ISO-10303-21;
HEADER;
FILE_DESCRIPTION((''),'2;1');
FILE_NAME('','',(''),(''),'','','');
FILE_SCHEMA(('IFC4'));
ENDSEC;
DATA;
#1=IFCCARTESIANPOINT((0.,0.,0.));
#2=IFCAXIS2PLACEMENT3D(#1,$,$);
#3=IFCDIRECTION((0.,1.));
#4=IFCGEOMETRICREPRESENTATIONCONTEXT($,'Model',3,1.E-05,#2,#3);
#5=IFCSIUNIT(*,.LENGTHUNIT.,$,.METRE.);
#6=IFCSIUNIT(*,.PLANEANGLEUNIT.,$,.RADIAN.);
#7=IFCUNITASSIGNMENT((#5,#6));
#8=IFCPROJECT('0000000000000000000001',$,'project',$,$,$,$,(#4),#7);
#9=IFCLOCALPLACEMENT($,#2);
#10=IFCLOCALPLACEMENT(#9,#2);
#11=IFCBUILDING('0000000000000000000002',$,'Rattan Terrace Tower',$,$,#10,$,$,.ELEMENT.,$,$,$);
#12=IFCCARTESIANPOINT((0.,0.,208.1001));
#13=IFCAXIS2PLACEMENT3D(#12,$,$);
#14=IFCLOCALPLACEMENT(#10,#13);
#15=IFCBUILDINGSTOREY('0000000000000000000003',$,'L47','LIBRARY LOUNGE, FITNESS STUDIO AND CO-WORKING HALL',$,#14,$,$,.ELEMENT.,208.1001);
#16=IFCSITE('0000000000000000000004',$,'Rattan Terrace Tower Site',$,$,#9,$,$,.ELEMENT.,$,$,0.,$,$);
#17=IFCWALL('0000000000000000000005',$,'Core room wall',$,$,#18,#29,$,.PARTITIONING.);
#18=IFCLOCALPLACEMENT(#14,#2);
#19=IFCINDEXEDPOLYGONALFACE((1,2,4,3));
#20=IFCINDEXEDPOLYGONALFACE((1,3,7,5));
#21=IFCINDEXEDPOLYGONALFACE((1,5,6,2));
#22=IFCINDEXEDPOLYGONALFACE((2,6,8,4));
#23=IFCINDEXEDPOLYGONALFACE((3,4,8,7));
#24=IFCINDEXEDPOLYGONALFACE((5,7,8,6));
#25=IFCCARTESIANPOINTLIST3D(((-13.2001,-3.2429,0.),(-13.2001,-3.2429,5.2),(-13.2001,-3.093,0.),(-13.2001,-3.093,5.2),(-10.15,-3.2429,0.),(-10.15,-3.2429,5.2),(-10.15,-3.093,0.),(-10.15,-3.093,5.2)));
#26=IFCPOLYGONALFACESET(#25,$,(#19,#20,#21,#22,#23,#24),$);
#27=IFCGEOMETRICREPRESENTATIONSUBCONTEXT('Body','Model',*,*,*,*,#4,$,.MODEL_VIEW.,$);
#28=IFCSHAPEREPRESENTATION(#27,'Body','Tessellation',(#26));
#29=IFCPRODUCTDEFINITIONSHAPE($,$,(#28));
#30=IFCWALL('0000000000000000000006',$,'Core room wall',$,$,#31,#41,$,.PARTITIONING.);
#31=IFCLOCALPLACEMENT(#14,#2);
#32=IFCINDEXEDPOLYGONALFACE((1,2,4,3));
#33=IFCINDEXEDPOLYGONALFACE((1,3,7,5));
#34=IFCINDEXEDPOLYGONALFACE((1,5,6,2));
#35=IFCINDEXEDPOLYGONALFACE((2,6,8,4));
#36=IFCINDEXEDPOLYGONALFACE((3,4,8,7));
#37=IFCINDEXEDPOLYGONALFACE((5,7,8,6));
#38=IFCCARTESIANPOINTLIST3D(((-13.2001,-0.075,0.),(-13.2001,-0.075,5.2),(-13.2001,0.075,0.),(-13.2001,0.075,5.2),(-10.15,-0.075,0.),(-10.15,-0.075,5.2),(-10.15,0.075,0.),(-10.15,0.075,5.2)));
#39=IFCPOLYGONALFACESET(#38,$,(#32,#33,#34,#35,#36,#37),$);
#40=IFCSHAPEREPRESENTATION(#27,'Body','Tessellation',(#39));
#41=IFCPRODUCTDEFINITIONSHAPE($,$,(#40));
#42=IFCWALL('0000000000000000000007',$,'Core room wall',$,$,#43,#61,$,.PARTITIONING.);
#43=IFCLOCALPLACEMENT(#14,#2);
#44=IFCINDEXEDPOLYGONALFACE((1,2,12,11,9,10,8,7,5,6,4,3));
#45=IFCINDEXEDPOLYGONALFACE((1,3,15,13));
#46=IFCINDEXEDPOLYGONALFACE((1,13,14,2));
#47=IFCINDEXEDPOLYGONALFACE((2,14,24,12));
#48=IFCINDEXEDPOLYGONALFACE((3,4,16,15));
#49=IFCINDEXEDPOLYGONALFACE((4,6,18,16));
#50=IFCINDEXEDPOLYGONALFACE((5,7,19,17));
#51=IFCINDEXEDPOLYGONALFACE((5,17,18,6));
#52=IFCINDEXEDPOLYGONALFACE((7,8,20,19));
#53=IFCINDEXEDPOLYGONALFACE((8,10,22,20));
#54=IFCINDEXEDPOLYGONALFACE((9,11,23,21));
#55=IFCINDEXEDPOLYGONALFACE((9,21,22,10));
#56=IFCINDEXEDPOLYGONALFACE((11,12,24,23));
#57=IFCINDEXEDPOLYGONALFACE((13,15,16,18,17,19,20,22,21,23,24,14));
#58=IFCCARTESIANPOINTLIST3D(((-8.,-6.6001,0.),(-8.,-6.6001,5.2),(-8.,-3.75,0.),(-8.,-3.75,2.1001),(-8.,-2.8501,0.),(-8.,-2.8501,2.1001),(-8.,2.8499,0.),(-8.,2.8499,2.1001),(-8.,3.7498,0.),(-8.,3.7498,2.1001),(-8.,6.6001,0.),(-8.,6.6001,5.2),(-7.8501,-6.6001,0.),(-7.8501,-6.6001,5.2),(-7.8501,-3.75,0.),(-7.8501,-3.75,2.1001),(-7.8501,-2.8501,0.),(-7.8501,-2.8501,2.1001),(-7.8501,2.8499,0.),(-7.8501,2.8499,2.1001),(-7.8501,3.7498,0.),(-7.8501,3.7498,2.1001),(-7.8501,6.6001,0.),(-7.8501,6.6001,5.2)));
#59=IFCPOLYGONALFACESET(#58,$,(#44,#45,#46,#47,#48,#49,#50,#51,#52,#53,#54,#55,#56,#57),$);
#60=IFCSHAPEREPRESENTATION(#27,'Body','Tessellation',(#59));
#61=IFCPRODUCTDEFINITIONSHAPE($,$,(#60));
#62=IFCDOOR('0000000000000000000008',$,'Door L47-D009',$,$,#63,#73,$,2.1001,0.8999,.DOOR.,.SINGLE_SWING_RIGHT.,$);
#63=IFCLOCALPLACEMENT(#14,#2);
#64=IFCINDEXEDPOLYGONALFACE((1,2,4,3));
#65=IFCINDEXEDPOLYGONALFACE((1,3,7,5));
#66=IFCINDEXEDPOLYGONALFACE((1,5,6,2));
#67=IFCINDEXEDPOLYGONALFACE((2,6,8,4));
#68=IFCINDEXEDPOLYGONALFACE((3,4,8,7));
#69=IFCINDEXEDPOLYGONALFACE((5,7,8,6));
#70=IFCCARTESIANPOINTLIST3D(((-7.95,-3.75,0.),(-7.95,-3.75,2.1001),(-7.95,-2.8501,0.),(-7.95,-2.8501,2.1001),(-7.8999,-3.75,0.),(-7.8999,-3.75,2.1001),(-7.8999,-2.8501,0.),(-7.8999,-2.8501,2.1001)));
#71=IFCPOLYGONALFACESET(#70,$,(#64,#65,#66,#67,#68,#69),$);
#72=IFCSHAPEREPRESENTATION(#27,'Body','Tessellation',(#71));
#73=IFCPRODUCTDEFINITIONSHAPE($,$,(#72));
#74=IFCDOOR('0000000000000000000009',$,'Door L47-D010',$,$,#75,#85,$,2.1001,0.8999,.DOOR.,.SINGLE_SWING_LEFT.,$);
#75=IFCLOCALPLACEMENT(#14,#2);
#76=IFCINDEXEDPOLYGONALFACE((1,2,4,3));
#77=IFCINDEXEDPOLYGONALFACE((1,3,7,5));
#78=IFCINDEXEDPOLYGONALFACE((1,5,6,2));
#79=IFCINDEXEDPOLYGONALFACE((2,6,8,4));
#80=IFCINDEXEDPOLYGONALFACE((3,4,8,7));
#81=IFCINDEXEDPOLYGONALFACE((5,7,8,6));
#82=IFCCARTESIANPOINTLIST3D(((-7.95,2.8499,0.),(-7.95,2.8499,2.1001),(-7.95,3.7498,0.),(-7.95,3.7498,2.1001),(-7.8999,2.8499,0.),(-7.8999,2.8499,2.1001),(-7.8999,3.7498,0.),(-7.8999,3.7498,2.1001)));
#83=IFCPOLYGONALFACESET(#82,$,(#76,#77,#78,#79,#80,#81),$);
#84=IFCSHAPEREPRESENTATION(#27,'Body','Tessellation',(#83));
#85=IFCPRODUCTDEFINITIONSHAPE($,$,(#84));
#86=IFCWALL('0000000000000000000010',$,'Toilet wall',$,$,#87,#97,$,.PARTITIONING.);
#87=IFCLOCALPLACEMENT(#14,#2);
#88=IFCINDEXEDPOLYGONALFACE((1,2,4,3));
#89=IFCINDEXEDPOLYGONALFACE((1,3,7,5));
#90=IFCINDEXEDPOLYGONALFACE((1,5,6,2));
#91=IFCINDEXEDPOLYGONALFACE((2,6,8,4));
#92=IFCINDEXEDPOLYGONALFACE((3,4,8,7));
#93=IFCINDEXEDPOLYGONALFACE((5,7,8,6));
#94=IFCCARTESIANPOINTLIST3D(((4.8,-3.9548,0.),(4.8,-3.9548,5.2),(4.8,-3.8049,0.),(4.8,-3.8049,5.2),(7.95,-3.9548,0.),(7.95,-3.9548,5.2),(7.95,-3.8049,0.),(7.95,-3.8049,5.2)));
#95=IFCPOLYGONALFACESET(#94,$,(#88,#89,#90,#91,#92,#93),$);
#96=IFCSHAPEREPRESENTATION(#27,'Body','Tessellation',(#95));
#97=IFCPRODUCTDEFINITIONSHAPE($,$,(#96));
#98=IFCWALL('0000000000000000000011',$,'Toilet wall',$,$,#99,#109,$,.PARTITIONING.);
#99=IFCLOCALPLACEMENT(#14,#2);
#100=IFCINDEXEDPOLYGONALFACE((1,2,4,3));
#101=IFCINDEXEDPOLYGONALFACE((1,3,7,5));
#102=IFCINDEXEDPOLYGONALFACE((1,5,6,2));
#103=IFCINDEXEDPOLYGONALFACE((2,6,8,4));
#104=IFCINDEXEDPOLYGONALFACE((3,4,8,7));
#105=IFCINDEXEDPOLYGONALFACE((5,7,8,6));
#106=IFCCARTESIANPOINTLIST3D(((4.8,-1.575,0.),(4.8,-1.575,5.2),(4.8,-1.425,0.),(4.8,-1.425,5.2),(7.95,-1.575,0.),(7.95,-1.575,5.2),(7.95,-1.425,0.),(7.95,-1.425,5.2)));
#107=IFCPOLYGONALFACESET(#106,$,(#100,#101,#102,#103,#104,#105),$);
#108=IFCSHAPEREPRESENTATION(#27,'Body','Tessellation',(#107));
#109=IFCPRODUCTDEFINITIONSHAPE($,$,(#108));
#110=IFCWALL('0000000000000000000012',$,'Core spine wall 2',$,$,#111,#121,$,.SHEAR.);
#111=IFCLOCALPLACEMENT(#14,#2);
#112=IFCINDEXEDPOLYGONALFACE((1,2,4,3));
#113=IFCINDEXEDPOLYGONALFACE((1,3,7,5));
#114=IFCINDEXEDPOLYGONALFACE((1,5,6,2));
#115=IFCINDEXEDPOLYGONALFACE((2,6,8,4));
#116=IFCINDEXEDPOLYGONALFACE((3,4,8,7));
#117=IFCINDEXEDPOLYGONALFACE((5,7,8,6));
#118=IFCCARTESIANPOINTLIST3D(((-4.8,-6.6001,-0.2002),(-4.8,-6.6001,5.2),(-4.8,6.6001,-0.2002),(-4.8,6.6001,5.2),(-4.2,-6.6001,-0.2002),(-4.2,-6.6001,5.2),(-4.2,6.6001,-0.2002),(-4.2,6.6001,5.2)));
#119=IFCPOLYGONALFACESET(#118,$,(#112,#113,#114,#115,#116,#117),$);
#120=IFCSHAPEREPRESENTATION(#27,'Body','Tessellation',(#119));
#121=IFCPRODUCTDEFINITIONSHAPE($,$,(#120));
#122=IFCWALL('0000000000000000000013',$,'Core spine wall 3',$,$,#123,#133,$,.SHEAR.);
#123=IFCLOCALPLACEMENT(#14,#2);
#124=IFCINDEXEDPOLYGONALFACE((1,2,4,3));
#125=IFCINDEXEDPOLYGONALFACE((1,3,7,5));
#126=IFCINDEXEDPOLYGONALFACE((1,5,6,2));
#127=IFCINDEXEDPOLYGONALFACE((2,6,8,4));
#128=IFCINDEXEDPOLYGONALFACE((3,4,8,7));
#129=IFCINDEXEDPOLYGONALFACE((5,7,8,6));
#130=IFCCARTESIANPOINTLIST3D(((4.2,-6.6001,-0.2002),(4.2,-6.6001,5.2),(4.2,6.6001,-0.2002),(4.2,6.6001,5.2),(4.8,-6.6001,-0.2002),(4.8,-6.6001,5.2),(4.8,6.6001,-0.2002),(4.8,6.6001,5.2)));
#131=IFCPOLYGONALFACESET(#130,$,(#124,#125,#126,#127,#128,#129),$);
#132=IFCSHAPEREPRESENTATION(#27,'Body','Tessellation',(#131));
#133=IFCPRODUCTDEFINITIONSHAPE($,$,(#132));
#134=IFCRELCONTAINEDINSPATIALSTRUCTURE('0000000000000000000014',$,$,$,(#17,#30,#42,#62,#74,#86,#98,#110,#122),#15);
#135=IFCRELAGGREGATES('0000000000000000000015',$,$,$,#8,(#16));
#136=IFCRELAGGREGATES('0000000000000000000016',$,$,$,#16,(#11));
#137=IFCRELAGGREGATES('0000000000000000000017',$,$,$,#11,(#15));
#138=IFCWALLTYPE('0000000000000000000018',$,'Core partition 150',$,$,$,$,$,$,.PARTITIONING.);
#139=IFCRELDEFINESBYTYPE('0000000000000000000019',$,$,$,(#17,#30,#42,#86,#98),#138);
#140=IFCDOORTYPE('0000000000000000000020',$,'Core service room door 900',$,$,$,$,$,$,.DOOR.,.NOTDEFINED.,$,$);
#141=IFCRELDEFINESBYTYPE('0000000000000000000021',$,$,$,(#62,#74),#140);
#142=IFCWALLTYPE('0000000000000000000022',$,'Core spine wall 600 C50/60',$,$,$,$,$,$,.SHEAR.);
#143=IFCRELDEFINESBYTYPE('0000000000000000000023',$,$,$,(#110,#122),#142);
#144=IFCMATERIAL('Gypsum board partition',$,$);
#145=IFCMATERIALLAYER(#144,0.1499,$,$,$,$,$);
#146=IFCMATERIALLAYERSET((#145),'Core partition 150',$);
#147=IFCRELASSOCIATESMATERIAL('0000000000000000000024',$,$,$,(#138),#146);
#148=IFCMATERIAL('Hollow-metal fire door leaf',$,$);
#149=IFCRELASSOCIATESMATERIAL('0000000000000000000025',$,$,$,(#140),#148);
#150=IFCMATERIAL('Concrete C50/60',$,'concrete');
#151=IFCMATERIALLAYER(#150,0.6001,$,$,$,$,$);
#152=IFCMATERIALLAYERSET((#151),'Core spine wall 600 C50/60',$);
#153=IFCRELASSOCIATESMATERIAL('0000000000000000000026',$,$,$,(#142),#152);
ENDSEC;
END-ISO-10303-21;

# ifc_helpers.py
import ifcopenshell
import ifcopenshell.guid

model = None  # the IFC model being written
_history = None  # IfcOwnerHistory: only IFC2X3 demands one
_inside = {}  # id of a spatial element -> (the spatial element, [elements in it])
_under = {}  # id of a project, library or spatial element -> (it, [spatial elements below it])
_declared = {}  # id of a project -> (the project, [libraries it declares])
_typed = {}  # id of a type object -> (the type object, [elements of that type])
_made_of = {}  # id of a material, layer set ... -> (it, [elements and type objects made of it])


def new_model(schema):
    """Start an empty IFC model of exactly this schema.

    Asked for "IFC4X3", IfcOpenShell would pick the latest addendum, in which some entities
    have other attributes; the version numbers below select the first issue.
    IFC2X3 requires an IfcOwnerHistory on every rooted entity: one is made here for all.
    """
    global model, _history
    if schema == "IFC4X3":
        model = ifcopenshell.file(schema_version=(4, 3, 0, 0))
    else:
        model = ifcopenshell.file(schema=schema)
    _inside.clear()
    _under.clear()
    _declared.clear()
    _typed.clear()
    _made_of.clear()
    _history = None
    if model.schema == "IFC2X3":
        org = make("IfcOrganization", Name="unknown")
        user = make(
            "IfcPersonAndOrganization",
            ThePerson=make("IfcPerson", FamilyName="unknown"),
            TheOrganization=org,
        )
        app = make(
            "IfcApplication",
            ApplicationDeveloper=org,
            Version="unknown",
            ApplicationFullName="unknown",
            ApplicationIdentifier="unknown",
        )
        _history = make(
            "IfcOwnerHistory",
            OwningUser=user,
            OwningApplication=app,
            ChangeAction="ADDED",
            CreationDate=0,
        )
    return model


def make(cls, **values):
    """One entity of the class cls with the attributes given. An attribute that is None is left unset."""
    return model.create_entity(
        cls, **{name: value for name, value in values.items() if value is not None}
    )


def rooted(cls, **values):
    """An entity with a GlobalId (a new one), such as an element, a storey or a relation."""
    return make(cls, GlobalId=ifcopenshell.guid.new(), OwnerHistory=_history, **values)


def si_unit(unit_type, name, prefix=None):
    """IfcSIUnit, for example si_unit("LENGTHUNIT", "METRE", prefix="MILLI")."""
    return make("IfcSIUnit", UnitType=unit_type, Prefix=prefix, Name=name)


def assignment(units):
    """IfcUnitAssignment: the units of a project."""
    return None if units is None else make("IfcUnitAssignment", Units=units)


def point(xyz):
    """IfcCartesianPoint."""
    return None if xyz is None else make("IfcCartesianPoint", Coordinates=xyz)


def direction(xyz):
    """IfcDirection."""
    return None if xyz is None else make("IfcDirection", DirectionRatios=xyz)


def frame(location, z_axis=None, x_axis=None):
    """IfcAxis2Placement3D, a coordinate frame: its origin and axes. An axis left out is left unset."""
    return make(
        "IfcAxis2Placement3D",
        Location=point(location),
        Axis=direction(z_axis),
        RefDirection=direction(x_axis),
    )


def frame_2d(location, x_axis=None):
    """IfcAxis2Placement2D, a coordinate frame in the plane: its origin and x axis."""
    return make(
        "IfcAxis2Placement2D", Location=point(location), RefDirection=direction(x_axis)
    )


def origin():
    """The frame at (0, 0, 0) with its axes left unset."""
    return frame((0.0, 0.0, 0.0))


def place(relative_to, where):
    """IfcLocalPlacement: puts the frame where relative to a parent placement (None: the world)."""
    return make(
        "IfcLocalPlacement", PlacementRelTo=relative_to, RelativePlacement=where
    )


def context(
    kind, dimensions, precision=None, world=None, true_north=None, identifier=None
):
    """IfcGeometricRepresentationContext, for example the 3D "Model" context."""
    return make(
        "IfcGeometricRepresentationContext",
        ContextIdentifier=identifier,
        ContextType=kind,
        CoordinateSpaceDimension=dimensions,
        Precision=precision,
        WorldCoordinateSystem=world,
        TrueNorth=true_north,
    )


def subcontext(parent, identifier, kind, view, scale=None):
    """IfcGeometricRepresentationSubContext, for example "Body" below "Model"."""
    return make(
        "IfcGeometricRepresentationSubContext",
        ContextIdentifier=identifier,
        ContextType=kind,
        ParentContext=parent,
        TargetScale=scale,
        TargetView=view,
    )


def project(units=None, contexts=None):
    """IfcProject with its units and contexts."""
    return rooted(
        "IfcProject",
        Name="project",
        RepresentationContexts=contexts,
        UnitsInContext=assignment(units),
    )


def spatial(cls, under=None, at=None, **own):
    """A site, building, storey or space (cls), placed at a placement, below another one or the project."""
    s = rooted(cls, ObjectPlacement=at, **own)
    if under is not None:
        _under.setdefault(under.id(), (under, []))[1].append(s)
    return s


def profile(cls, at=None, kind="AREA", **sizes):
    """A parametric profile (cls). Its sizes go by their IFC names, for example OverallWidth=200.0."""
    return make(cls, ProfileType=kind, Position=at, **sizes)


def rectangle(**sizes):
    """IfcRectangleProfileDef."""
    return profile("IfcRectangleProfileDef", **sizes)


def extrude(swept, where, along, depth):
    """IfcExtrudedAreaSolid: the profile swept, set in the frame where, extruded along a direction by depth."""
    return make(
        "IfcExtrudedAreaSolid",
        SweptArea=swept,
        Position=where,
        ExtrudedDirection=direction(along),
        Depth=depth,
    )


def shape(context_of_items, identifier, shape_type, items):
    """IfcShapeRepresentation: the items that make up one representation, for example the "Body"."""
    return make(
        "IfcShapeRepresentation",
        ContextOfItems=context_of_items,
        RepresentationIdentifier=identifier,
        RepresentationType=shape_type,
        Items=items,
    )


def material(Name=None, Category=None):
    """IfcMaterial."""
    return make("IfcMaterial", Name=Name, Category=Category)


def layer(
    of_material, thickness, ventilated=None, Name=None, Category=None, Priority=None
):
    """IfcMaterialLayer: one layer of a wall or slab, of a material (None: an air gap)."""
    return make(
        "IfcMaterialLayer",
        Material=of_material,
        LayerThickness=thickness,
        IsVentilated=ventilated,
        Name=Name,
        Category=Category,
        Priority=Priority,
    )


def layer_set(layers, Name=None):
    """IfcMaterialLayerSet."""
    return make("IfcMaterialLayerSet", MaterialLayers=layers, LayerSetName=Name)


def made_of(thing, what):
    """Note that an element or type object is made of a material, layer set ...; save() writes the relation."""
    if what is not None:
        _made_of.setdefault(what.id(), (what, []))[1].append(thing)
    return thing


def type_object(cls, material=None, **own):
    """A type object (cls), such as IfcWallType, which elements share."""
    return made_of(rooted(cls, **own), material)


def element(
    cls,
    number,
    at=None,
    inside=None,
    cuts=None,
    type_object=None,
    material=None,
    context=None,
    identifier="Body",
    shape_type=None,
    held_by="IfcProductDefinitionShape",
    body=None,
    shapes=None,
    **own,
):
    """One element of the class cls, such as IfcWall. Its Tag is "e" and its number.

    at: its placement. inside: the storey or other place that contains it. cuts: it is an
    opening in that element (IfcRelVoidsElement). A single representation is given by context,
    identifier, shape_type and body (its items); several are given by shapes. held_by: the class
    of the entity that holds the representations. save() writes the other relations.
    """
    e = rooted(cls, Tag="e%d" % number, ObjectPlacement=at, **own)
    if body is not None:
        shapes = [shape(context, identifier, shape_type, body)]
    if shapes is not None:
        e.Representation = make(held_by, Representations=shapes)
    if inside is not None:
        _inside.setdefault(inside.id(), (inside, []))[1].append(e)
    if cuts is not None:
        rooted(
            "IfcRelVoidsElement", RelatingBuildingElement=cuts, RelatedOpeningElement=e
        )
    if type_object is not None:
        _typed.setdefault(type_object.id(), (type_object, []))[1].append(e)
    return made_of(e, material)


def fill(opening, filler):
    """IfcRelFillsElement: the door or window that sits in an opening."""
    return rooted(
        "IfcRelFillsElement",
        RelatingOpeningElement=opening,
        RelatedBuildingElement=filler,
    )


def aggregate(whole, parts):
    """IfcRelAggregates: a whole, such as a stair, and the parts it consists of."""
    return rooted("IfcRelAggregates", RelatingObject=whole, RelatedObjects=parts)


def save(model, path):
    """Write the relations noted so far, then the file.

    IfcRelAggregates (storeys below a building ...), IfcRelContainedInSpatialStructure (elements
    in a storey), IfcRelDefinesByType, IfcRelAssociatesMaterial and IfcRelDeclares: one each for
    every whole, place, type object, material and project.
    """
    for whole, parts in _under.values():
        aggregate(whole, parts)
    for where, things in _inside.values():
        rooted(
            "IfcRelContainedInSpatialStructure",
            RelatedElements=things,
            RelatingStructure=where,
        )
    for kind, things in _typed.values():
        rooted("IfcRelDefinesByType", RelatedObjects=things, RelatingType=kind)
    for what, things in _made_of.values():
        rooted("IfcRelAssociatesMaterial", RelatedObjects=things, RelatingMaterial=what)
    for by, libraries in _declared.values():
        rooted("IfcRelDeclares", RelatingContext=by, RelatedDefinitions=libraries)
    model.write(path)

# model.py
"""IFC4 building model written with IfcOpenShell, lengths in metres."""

from ifc_helpers import new_model, si_unit, direction, frame, frame_2d, origin, place, context, subcontext, project, spatial, rectangle, extrude, material, layer, layer_set, type_object, element, fill, save


model = new_model("IFC4")

# Units and contexts
model_context = context("Model", 3, precision=1e-05, world=origin(), true_north=direction((0.0, 1.0)))
body_context = subcontext(model_context, "Body", "Model", "MODEL_VIEW")
ifc_project = project(units=[si_unit("LENGTHUNIT", "METRE"), si_unit("PLANEANGLEUNIT", "RADIAN")], contexts=[model_context])

# Site, building, storey
site_placement = place(None, origin())
site = spatial("IfcSite", under=ifc_project, at=site_placement, Name="Rattan Terrace Tower Site", CompositionType="ELEMENT", RefElevation=0.0)
building_placement = place(site_placement, origin())
building = spatial("IfcBuilding", under=site, at=building_placement, Name="Rattan Terrace Tower", CompositionType="ELEMENT")
storey_placement = place(building_placement, frame((0.0, 0.0, 208.1001)))
storey = spatial("IfcBuildingStorey", under=building, at=storey_placement, Name="L47", Description="LIBRARY LOUNGE, FITNESS STUDIO AND CO-WORKING HALL", CompositionType="ELEMENT", Elevation=208.1001)

# Walls
ifc_material_1 = material(Name="Gypsum board partition")
ifc_layer_1 = layer(ifc_material_1, 0.1499)
ifc_layer_set_1 = layer_set([ifc_layer_1], Name="Core partition 150")
wall_type_1 = type_object("IfcWallType", Name="Core partition 150", PredefinedType="PARTITIONING", material=ifc_layer_set_1)
for number, where, z_axis, x_axis, name in (
    (1, (-13.2, -3.168, 0.0), (0.0, 0.0, 1.0), (1.0, 0.0, 0.0), "Core room wall"),
    (2, (-13.2, 0.0, 0.0), (0.0, 0.0, 1.0), (1.0, 0.0, 0.0), "Core room wall"),
):
    element("IfcWall", number, at=place(storey_placement, frame(where, z_axis=z_axis, x_axis=x_axis)), inside=storey, type_object=wall_type_1, Name=name, PredefinedType="PARTITIONING", context=body_context, shape_type="SweptSolid", body=[
        extrude(rectangle(XDim=3.05, YDim=0.1499, at=frame_2d((1.5249, 0.0))), origin(), (0.0, 0.0, 1.0), 5.2),
    ])

# Wall, openings, doors
wall_1_placement = place(storey_placement, frame((-7.925, -6.6001, 0.0), z_axis=(0.0, 0.0, 1.0), x_axis=(0.0, 1.0, 0.0)))
wall_1 = element("IfcWall", 3, at=wall_1_placement, inside=storey, type_object=wall_type_1, Name="Core room wall", PredefinedType="PARTITIONING", context=body_context, shape_type="SweptSolid", body=[
    extrude(rectangle(XDim=13.2002, YDim=0.1499, at=frame_2d((6.6001, 0.0))), origin(), (0.0, 0.0, 1.0), 5.2),
])
opening_1_placement = place(wall_1_placement, frame((2.8501, 0.0, 0.0)))
opening_1 = element("IfcOpeningElement", 4, at=opening_1_placement, cuts=wall_1, PredefinedType="OPENING", context=body_context, shape_type="SweptSolid", body=[
    extrude(rectangle(XDim=0.8999, YDim=2.1001, at=frame_2d((0.45, 1.05))), frame((0.0, 0.0854, 0.0), z_axis=(0.0, -1.0, 0.0), x_axis=(1.0, 0.0, 0.0)), (0.0, 0.0, 1.0), 0.1709),
])
opening_2_placement = place(wall_1_placement, frame((9.45, 0.0, 0.0)))
opening_2 = element("IfcOpeningElement", 5, at=opening_2_placement, cuts=wall_1, PredefinedType="OPENING", context=body_context, shape_type="SweptSolid", body=[
    extrude(rectangle(XDim=0.8999, YDim=2.1001, at=frame_2d((0.45, 1.05))), frame((0.0, 0.0854, 0.0), z_axis=(0.0, -1.0, 0.0), x_axis=(1.0, 0.0, 0.0)), (0.0, 0.0, 1.0), 0.1709),
])
ifc_material_2 = material(Name="Hollow-metal fire door leaf")
door_type_1 = type_object("IfcDoorType", Name="Core service room door 900", OperationType="NOTDEFINED", PredefinedType="DOOR", material=ifc_material_2)
door_1_placement = place(opening_1_placement, origin())
door_1 = element("IfcDoor", 6, at=door_1_placement, inside=storey, type_object=door_type_1, Name="Door L47-D009", OperationType="SINGLE_SWING_RIGHT", OverallHeight=2.1001, OverallWidth=0.8999, PredefinedType="DOOR", context=body_context, shape_type="SweptSolid", body=[
    extrude(rectangle(XDim=0.8999, YDim=2.1001, at=frame_2d((0.45, 1.05))), frame((0.0, 0.0249, 0.0), z_axis=(0.0, -1.0, 0.0), x_axis=(1.0, 0.0, 0.0)), (0.0, 0.0, 1.0), 0.05),
])
fill(opening_1, door_1)
door_2_placement = place(opening_2_placement, origin())
door_2 = element("IfcDoor", 7, at=door_2_placement, inside=storey, type_object=door_type_1, Name="Door L47-D010", OperationType="SINGLE_SWING_LEFT", OverallHeight=2.1001, OverallWidth=0.8999, PredefinedType="DOOR", context=body_context, shape_type="SweptSolid", body=[
    extrude(rectangle(XDim=0.8999, YDim=2.1001, at=frame_2d((0.45, 1.05))), frame((0.0, 0.0249, 0.0), z_axis=(0.0, -1.0, 0.0), x_axis=(1.0, 0.0, 0.0)), (0.0, 0.0, 1.0), 0.05),
])
fill(opening_2, door_2)

# Walls
for number, where, z_axis, x_axis, name in (
    (8, (4.8, -3.8799, 0.0), (0.0, 0.0, 1.0), (1.0, 0.0, 0.0), "Toilet wall"),
    (9, (4.8, -1.5, 0.0), (0.0, 0.0, 1.0), (1.0, 0.0, 0.0), "Toilet wall"),
):
    element("IfcWall", number, at=place(storey_placement, frame(where, z_axis=z_axis, x_axis=x_axis)), inside=storey, type_object=wall_type_1, Name=name, PredefinedType="PARTITIONING", context=body_context, shape_type="SweptSolid", body=[
        extrude(rectangle(XDim=3.1499, YDim=0.1499, at=frame_2d((1.575, 0.0))), origin(), (0.0, 0.0, 1.0), 5.2),
    ])
ifc_material_3 = material(Name="Concrete C50/60", Category="concrete")
ifc_layer_2 = layer(ifc_material_3, 0.6001)
ifc_layer_set_2 = layer_set([ifc_layer_2], Name="Core spine wall 600 C50/60")
wall_type_2 = type_object("IfcWallType", Name="Core spine wall 600 C50/60", PredefinedType="SHEAR", material=ifc_layer_set_2)
for number, where, z_axis, x_axis, name in (
    (10, (-4.5, -6.6001, -0.2002), (0.0, 0.0, 1.0), (0.0, 1.0, 0.0), "Core spine wall 2"),
    (11, (4.5, -6.6001, -0.2002), (0.0, 0.0, 1.0), (0.0, 1.0, 0.0), "Core spine wall 3"),
):
    element("IfcWall", number, at=place(storey_placement, frame(where, z_axis=z_axis, x_axis=x_axis)), inside=storey, type_object=wall_type_2, Name=name, PredefinedType="SHEAR", context=body_context, shape_type="SweptSolid", body=[
        extrude(rectangle(XDim=13.2002, YDim=0.6001, at=frame_2d((6.6001, 0.0))), origin(), (0.0, 0.0, 1.0), 5.4001),
    ])

save(model, "model.ifc")
